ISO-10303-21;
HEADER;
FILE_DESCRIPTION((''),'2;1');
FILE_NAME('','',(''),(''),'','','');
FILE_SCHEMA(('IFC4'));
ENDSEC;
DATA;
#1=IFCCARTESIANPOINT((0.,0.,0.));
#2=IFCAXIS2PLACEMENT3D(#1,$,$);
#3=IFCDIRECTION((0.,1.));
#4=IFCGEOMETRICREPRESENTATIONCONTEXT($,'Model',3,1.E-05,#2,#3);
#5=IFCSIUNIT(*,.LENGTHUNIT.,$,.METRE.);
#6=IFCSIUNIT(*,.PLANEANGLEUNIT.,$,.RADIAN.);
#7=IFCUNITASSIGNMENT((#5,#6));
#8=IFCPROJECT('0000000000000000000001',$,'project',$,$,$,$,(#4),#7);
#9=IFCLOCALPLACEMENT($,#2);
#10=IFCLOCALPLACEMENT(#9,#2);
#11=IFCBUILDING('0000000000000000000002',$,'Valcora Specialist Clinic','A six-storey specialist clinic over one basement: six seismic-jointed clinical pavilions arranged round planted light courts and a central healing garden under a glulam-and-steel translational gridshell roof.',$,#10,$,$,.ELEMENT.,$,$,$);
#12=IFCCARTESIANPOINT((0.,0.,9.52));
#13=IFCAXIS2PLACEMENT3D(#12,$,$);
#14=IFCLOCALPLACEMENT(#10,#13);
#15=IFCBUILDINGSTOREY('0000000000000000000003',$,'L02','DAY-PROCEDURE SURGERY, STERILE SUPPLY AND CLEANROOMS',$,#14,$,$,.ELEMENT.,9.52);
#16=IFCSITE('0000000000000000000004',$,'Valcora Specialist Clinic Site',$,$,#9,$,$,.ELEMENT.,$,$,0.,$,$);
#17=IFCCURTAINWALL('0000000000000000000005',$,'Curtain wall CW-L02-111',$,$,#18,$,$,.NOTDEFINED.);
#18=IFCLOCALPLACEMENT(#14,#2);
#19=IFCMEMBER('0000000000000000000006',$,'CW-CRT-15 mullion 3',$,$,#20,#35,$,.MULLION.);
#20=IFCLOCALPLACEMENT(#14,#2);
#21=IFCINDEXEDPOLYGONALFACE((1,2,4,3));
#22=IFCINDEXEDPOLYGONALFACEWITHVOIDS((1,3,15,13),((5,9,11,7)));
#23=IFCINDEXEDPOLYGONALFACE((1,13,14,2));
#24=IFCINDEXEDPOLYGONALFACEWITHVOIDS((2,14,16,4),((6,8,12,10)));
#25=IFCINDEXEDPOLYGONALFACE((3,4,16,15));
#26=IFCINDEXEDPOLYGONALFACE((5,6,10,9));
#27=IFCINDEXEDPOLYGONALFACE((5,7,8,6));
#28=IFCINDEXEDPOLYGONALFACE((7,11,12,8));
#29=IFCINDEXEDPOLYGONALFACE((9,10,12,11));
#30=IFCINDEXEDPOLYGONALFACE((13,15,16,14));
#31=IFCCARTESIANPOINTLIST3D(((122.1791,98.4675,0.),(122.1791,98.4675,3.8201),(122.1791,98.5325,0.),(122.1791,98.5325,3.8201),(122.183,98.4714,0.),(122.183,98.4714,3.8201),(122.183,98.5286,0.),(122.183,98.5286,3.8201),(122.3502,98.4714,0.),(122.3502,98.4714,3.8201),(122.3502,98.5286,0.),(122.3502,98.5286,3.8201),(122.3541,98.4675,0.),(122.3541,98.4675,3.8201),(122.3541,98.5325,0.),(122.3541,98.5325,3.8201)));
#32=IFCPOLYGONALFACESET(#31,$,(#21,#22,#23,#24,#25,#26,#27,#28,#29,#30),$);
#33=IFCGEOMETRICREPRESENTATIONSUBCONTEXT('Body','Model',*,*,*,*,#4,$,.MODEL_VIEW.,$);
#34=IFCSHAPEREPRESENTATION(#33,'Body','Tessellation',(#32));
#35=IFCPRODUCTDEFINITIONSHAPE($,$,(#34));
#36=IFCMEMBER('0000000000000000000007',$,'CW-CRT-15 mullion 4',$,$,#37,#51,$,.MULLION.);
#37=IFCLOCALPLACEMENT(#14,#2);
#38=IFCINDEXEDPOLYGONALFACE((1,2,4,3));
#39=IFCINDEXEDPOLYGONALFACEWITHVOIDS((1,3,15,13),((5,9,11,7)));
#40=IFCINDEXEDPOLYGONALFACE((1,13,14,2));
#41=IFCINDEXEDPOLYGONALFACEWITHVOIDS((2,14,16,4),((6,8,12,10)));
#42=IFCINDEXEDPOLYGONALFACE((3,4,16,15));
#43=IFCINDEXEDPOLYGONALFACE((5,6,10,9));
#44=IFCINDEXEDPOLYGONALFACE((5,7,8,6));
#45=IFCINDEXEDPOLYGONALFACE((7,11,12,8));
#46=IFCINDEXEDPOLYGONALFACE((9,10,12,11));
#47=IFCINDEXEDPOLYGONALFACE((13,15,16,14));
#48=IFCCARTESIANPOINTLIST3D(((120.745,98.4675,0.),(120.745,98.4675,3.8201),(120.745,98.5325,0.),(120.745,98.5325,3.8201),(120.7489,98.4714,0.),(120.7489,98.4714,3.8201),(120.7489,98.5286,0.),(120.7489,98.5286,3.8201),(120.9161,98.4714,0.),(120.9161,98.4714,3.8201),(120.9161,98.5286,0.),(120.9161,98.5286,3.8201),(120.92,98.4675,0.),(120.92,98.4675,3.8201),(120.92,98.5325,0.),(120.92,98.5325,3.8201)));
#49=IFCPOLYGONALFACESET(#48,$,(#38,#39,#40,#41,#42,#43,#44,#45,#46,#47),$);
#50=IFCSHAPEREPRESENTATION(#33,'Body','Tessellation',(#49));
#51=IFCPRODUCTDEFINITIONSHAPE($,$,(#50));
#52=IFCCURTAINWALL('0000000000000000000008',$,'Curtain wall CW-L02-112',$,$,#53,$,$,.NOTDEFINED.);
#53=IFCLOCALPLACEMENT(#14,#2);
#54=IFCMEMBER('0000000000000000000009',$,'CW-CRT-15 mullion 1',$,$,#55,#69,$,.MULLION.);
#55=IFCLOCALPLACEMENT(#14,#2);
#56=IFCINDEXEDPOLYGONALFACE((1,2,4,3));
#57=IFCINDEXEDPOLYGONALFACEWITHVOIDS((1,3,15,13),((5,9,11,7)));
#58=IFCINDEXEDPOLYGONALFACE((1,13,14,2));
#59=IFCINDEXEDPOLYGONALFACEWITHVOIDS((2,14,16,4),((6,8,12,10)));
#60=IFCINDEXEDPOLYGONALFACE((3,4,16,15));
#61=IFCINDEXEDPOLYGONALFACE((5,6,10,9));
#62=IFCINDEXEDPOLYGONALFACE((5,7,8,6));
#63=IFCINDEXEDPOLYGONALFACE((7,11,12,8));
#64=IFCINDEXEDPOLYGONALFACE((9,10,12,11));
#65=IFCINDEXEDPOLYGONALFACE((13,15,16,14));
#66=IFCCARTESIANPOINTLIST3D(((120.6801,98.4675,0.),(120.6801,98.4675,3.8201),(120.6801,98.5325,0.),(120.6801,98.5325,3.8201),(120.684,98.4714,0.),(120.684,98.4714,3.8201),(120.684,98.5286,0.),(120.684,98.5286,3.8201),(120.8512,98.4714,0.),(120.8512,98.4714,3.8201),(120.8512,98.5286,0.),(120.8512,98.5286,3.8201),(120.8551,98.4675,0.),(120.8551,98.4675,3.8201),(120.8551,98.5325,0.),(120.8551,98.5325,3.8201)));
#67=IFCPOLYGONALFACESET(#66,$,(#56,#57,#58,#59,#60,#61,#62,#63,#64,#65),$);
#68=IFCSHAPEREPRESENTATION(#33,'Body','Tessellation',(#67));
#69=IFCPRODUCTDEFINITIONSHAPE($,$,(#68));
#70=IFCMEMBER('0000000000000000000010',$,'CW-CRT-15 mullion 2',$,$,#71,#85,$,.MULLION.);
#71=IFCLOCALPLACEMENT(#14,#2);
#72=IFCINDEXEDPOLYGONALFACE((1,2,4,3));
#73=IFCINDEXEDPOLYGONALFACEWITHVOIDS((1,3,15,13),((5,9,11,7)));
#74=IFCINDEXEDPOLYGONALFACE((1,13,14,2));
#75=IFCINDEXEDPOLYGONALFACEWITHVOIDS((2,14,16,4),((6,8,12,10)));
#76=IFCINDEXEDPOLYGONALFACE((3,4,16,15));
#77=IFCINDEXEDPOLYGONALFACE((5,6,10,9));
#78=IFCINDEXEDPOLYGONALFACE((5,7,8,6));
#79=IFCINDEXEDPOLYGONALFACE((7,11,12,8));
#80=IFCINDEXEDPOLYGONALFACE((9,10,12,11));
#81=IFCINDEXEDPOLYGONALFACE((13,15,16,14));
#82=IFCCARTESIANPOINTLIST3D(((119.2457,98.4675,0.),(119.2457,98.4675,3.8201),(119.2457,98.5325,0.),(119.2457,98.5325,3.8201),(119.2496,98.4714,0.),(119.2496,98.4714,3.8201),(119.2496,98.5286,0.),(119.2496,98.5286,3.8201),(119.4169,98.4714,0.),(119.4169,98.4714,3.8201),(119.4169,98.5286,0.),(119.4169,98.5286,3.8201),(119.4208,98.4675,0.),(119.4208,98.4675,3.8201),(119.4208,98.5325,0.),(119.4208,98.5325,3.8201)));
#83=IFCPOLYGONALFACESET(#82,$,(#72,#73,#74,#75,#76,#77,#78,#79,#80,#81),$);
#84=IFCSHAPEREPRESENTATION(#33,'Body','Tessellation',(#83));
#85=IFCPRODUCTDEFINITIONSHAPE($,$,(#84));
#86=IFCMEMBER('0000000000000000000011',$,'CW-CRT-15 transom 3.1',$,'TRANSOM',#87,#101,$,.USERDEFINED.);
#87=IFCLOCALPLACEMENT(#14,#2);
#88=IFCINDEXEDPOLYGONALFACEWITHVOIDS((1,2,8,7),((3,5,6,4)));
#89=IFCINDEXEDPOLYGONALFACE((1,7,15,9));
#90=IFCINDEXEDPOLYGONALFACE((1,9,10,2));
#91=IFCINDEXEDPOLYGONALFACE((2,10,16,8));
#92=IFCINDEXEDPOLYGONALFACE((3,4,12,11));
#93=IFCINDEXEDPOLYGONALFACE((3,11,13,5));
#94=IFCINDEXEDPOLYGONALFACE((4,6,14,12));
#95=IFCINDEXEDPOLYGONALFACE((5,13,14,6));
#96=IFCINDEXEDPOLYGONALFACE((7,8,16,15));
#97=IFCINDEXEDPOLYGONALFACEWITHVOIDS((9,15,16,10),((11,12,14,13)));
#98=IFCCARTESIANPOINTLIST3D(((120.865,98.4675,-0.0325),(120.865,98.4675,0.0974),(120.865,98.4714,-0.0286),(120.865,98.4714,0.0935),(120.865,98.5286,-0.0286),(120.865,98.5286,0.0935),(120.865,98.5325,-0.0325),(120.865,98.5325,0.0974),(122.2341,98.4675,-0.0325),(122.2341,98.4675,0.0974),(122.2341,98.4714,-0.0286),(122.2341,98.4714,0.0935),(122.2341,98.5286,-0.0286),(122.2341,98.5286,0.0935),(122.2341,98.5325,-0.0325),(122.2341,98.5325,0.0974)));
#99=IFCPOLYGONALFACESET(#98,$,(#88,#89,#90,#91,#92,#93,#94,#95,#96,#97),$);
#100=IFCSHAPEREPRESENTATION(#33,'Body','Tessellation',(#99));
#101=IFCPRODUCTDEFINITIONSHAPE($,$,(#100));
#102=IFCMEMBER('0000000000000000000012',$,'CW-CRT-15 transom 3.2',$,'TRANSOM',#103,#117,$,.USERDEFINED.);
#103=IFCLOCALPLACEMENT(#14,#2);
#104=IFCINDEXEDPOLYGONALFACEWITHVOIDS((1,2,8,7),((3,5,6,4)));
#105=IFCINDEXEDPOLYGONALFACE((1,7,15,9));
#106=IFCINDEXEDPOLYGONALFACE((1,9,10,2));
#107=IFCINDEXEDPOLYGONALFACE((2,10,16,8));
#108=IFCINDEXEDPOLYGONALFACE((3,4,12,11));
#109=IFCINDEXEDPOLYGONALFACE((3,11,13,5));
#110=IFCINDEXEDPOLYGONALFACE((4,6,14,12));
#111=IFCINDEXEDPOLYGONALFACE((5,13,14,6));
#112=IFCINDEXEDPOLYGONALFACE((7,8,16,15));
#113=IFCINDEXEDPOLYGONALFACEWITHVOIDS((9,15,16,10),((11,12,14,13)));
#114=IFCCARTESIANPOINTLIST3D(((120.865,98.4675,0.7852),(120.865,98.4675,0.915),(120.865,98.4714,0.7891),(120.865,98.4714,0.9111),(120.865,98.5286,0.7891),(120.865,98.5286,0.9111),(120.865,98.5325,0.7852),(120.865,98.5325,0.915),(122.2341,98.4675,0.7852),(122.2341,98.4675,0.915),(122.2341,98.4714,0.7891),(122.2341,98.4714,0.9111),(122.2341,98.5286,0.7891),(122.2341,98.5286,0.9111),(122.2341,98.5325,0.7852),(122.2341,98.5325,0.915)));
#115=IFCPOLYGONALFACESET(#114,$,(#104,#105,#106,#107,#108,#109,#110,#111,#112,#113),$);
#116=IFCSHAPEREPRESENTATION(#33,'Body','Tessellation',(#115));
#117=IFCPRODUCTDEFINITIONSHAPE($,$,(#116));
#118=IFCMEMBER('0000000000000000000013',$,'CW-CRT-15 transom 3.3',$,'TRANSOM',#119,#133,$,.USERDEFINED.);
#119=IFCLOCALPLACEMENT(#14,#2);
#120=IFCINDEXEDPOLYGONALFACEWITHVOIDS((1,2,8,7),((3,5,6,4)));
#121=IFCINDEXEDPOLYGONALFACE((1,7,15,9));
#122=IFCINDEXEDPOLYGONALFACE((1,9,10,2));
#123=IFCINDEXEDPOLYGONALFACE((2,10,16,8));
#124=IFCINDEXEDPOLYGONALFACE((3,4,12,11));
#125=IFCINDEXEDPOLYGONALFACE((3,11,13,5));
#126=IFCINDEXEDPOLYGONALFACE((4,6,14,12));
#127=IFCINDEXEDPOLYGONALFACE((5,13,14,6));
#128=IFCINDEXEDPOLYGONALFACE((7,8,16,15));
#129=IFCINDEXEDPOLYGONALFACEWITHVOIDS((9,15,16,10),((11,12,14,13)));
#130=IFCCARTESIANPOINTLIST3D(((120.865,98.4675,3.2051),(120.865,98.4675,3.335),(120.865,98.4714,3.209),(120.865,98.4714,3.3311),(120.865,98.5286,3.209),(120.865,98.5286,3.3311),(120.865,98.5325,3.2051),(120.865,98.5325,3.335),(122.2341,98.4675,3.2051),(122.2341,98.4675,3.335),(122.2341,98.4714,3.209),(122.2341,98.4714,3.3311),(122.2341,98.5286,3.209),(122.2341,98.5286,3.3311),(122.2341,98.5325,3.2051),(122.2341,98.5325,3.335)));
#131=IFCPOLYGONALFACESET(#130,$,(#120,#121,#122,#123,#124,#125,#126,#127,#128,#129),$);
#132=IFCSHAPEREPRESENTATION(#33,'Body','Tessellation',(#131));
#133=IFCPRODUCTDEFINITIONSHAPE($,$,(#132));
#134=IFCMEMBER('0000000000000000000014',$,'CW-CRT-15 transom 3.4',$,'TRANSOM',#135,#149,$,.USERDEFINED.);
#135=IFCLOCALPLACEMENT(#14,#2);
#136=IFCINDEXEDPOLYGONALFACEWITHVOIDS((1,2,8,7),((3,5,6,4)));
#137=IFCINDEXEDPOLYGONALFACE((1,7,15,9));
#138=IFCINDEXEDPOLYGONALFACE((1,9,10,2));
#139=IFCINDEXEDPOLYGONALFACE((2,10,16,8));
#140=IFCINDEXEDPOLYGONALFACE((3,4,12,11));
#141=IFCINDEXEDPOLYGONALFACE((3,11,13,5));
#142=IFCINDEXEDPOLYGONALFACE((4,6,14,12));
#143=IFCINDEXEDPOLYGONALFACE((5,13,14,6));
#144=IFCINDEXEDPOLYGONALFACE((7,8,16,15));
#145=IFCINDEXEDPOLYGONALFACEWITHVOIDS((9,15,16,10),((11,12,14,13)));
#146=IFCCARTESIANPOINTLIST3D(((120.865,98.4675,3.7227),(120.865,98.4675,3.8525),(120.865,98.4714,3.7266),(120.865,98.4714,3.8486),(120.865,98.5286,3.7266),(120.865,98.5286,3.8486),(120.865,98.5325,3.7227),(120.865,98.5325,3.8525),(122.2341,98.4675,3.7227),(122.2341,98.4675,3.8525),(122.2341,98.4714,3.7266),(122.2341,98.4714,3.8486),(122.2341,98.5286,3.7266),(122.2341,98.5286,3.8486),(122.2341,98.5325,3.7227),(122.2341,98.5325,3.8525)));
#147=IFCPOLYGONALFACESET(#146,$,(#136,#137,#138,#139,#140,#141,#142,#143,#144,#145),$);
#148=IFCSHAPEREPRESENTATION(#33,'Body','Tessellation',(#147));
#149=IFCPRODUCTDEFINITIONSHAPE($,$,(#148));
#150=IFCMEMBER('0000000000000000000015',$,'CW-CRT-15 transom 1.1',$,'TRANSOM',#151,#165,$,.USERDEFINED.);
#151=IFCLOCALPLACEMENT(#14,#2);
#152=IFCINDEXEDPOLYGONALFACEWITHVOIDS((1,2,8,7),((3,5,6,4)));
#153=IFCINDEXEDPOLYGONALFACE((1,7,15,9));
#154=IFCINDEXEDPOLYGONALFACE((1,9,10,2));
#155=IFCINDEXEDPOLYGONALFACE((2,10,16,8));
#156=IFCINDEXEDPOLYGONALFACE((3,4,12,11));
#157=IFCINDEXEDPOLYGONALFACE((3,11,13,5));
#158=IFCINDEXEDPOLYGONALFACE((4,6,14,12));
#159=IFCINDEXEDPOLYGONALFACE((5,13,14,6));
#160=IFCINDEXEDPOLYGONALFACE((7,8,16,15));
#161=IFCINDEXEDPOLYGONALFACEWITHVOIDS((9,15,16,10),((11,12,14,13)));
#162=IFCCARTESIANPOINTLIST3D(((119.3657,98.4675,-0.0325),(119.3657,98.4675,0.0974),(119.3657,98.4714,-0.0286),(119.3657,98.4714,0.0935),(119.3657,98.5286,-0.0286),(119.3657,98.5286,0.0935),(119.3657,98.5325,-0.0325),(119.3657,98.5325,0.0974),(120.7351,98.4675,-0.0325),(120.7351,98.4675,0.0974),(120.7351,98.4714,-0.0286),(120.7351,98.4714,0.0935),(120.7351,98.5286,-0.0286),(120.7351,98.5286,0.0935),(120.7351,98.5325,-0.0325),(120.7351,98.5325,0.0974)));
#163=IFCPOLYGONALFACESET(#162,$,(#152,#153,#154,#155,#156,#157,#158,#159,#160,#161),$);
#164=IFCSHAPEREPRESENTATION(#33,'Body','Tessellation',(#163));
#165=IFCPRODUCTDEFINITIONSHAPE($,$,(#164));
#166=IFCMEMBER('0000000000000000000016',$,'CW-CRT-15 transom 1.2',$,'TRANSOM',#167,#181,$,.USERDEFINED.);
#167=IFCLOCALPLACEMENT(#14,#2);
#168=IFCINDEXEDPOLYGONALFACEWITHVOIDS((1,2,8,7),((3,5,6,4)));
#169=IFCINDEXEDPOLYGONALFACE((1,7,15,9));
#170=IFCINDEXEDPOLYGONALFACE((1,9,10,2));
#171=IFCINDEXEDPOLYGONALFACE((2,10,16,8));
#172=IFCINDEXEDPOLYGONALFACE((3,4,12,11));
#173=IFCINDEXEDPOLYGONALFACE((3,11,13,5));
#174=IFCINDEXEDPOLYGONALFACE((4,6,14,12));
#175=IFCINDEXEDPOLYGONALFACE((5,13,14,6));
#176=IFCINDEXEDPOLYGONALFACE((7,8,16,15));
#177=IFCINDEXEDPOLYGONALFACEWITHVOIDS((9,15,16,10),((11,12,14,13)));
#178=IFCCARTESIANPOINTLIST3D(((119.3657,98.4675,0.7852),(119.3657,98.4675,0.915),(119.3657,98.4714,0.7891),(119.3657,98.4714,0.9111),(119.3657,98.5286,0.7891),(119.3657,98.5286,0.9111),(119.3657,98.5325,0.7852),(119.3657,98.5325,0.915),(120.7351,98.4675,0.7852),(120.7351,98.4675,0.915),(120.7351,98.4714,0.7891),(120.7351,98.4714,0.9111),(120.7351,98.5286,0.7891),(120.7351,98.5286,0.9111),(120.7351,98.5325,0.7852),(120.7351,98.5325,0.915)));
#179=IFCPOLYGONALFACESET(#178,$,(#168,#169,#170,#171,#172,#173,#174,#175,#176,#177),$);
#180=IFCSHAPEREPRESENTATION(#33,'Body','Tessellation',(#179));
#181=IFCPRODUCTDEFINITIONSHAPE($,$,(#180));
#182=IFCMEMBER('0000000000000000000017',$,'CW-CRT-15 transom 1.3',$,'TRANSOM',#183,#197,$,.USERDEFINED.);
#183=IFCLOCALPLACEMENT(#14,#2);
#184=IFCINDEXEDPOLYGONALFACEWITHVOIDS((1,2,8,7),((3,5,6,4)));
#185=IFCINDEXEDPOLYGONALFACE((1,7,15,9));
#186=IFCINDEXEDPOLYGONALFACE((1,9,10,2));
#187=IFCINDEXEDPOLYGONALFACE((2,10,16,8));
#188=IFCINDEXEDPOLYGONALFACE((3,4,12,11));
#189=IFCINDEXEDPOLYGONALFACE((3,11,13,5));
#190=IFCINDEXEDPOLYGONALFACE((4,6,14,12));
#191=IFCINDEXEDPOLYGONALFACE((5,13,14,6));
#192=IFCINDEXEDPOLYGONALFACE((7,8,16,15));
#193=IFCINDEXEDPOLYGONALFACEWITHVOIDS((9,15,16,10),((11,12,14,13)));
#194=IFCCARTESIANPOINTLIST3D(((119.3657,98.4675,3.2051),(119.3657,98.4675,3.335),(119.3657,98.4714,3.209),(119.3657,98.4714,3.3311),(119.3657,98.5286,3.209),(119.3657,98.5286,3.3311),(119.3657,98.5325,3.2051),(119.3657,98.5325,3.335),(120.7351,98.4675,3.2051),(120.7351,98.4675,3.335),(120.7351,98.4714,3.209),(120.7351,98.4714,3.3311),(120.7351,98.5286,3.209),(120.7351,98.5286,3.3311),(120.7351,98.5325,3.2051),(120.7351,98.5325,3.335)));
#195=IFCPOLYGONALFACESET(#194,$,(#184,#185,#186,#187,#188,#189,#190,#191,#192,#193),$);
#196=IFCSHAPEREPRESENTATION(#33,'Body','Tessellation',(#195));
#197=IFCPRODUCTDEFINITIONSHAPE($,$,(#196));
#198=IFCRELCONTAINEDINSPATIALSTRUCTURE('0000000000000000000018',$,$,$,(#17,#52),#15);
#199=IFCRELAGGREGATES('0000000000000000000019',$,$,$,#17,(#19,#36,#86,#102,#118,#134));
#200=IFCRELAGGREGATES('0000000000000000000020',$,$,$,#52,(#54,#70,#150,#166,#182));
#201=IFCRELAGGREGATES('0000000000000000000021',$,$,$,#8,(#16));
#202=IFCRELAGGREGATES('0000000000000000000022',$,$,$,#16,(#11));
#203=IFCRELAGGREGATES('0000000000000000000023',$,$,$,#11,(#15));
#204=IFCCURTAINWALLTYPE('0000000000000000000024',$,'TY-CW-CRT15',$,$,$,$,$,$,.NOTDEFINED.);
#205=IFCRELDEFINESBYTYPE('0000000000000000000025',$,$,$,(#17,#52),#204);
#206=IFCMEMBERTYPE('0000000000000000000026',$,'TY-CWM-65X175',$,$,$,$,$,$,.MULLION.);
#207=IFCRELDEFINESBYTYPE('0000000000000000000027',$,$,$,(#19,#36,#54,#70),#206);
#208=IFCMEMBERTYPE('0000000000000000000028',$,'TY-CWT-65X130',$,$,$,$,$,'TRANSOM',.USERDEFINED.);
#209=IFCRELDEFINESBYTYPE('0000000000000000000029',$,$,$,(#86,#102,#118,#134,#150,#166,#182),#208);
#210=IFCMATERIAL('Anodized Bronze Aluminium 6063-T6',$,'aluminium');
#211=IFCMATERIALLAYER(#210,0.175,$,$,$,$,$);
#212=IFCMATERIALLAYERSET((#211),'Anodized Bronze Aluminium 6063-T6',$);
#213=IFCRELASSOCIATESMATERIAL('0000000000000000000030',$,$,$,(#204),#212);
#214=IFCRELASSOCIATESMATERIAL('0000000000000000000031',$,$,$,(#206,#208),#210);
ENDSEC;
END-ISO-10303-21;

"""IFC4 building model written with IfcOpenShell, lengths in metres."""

from ifc_helpers import new_model, si_unit, direction, frame, origin, origin_2d, place, context, subcontext, project, spatial, hollow_rectangle, extrude, material, layer, layer_set, material_profile, profile_set, type_object, element, aggregate, save


model = new_model("IFC4")

# Units and contexts
model_context = context("Model", 3, precision=1e-05, world=origin(), true_north=direction((0.0, 1.0)))
body_context = subcontext(model_context, "Body", "Model", "MODEL_VIEW")
ifc_project = project(units=[si_unit("LENGTHUNIT", "METRE"), si_unit("PLANEANGLEUNIT", "RADIAN")], contexts=[model_context])

# Site, building, storey
site_placement = place(None, origin())
site = spatial("IfcSite", under=ifc_project, at=site_placement, Name="Valcora Specialist Clinic Site", CompositionType="ELEMENT", RefElevation=0.0)
building_placement = place(site_placement, origin())
building = spatial("IfcBuilding", under=site, at=building_placement, Name="Valcora Specialist Clinic", Description="A six-storey specialist clinic over one basement: six seismic-jointed clinical pavilions arranged round planted light courts and a central healing garden under a glulam-and-steel translational gridshell roof.", CompositionType="ELEMENT")
storey_placement = place(building_placement, frame((0.0, 0.0, 9.52)))
storey = spatial("IfcBuildingStorey", under=building, at=storey_placement, Name="L02", Description="DAY-PROCEDURE SURGERY, STERILE SUPPLY AND CLEANROOMS", CompositionType="ELEMENT", Elevation=9.52)

# Curtain walls, members
ifc_material_1 = material(Name="Anodized Bronze Aluminium 6063-T6", Category="aluminium")
ifc_layer_1 = layer(ifc_material_1, 0.175)
ifc_layer_set_1 = layer_set([ifc_layer_1], Name="Anodized Bronze Aluminium 6063-T6")
curtain_wall_type = type_object("IfcCurtainWallType", Name="TY-CW-CRT15", PredefinedType="NOTDEFINED", material=ifc_layer_set_1)
curtain_wall_1_placement = place(storey_placement, origin())
curtain_wall_1 = element("IfcCurtainWall", 1, at=curtain_wall_1_placement, inside=storey, type_object=curtain_wall_type, Name="Curtain wall CW-L02-111", PredefinedType="NOTDEFINED")
ifc_material_profile_1 = material_profile(ifc_material_1, hollow_rectangle(XDim=0.0649, YDim=0.175, WallThickness=0.0039, at=origin_2d()), Name="AL-MUL-65X175")
ifc_profile_set_1 = profile_set([ifc_material_profile_1], Name="Anodized Bronze Aluminium 6063-T6")
member_type_1 = type_object("IfcMemberType", Name="TY-CWM-65X175", PredefinedType="MULLION", material=ifc_profile_set_1)
member_1_placement = place(storey_placement, frame((122.2666, 98.5, 0.0), z_axis=(0.0, 0.0, 1.0), x_axis=(0.0, -1.0, 0.0)))
member_1 = element("IfcMember", 2, at=member_1_placement, type_object=member_type_1, Name="CW-CRT-15 mullion 3", PredefinedType="MULLION", context=body_context, shape_type="SweptSolid", body=[
    extrude(hollow_rectangle(XDim=0.0649, YDim=0.175, WallThickness=0.0039, at=origin_2d()), origin(), (0.0, 0.0, 1.0), 3.8201),
])
member_2_placement = place(storey_placement, frame((120.8325, 98.5, 0.0), z_axis=(0.0, 0.0, 1.0), x_axis=(0.0, -1.0, 0.0)))
member_2 = element("IfcMember", 3, at=member_2_placement, type_object=member_type_1, Name="CW-CRT-15 mullion 4", PredefinedType="MULLION", context=body_context, shape_type="SweptSolid", body=[
    extrude(hollow_rectangle(XDim=0.0649, YDim=0.175, WallThickness=0.0039, at=origin_2d()), origin(), (0.0, 0.0, 1.0), 3.8201),
])
curtain_wall_2_placement = place(storey_placement, origin())
curtain_wall_2 = element("IfcCurtainWall", 4, at=curtain_wall_2_placement, inside=storey, type_object=curtain_wall_type, Name="Curtain wall CW-L02-112", PredefinedType="NOTDEFINED")
member_3_placement = place(storey_placement, frame((120.7676, 98.5, 0.0), z_axis=(0.0, 0.0, 1.0), x_axis=(0.0, -1.0, 0.0)))
member_3 = element("IfcMember", 5, at=member_3_placement, type_object=member_type_1, Name="CW-CRT-15 mullion 1", PredefinedType="MULLION", context=body_context, shape_type="SweptSolid", body=[
    extrude(hollow_rectangle(XDim=0.0649, YDim=0.175, WallThickness=0.0039, at=origin_2d()), origin(), (0.0, 0.0, 1.0), 3.8201),
])
member_4_placement = place(storey_placement, frame((119.3333, 98.5, 0.0), z_axis=(0.0, 0.0, 1.0), x_axis=(0.0, -1.0, 0.0)))
member_4 = element("IfcMember", 6, at=member_4_placement, type_object=member_type_1, Name="CW-CRT-15 mullion 2", PredefinedType="MULLION", context=body_context, shape_type="SweptSolid", body=[
    extrude(hollow_rectangle(XDim=0.0649, YDim=0.175, WallThickness=0.0039, at=origin_2d()), origin(), (0.0, 0.0, 1.0), 3.8201),
])

# Members
ifc_material_profile_2 = material_profile(ifc_material_1, hollow_rectangle(XDim=0.0649, YDim=0.1299, WallThickness=0.0039, at=origin_2d()), Name="AL-TRN-65X130")
ifc_profile_set_2 = profile_set([ifc_material_profile_2], Name="Anodized Bronze Aluminium 6063-T6")
member_type_2 = type_object("IfcMemberType", Name="TY-CWT-65X130", ElementType="TRANSOM", PredefinedType="USERDEFINED", material=ifc_profile_set_2)
member_5_placement = place(storey_placement, frame((122.2341, 98.5, 0.0325), z_axis=(-1.0, 0.0, 0.0), x_axis=(0.0, -1.0, 0.0)))
member_5 = element("IfcMember", 7, at=member_5_placement, type_object=member_type_2, Name="CW-CRT-15 transom 3.1", ObjectType="TRANSOM", PredefinedType="USERDEFINED", context=body_context, shape_type="SweptSolid", body=[
    extrude(hollow_rectangle(XDim=0.0649, YDim=0.1299, WallThickness=0.0039, at=origin_2d()), origin(), (0.0, 0.0, 1.0), 1.3691),
])
member_6_placement = place(storey_placement, frame((122.2341, 98.5, 0.8501), z_axis=(-1.0, 0.0, 0.0), x_axis=(0.0, -1.0, 0.0)))
member_6 = element("IfcMember", 8, at=member_6_placement, type_object=member_type_2, Name="CW-CRT-15 transom 3.2", ObjectType="TRANSOM", PredefinedType="USERDEFINED", context=body_context, shape_type="SweptSolid", body=[
    extrude(hollow_rectangle(XDim=0.0649, YDim=0.1299, WallThickness=0.0039, at=origin_2d()), origin(), (0.0, 0.0, 1.0), 1.3691),
])
member_7_placement = place(storey_placement, frame((122.2341, 98.5, 3.27), z_axis=(-1.0, 0.0, 0.0), x_axis=(0.0, -1.0, 0.0)))
member_7 = element("IfcMember", 9, at=member_7_placement, type_object=member_type_2, Name="CW-CRT-15 transom 3.3", ObjectType="TRANSOM", PredefinedType="USERDEFINED", context=body_context, shape_type="SweptSolid", body=[
    extrude(hollow_rectangle(XDim=0.0649, YDim=0.1299, WallThickness=0.0039, at=origin_2d()), origin(), (0.0, 0.0, 1.0), 1.3691),
])
member_8_placement = place(storey_placement, frame((122.2341, 98.5, 3.7876), z_axis=(-1.0, 0.0, 0.0), x_axis=(0.0, -1.0, 0.0)))
member_8 = element("IfcMember", 10, at=member_8_placement, type_object=member_type_2, Name="CW-CRT-15 transom 3.4", ObjectType="TRANSOM", PredefinedType="USERDEFINED", context=body_context, shape_type="SweptSolid", body=[
    extrude(hollow_rectangle(XDim=0.0649, YDim=0.1299, WallThickness=0.0039, at=origin_2d()), origin(), (0.0, 0.0, 1.0), 1.3691),
])
member_9_placement = place(storey_placement, frame((120.7351, 98.5, 0.0325), z_axis=(-1.0, 0.0, 0.0), x_axis=(0.0, -1.0, 0.0)))
member_9 = element("IfcMember", 11, at=member_9_placement, type_object=member_type_2, Name="CW-CRT-15 transom 1.1", ObjectType="TRANSOM", PredefinedType="USERDEFINED", context=body_context, shape_type="SweptSolid", body=[
    extrude(hollow_rectangle(XDim=0.0649, YDim=0.1299, WallThickness=0.0039, at=origin_2d()), origin(), (0.0, 0.0, 1.0), 1.3694),
])
member_10_placement = place(storey_placement, frame((120.7351, 98.5, 0.8501), z_axis=(-1.0, 0.0, 0.0), x_axis=(0.0, -1.0, 0.0)))
member_10 = element("IfcMember", 12, at=member_10_placement, type_object=member_type_2, Name="CW-CRT-15 transom 1.2", ObjectType="TRANSOM", PredefinedType="USERDEFINED", context=body_context, shape_type="SweptSolid", body=[
    extrude(hollow_rectangle(XDim=0.0649, YDim=0.1299, WallThickness=0.0039, at=origin_2d()), origin(), (0.0, 0.0, 1.0), 1.3694),
])
member_11_placement = place(storey_placement, frame((120.7351, 98.5, 3.27), z_axis=(-1.0, 0.0, 0.0), x_axis=(0.0, -1.0, 0.0)))
member_11 = element("IfcMember", 13, at=member_11_placement, type_object=member_type_2, Name="CW-CRT-15 transom 1.3", ObjectType="TRANSOM", PredefinedType="USERDEFINED", context=body_context, shape_type="SweptSolid", body=[
    extrude(hollow_rectangle(XDim=0.0649, YDim=0.1299, WallThickness=0.0039, at=origin_2d()), origin(), (0.0, 0.0, 1.0), 1.3694),
])

aggregate(curtain_wall_1, [member_1, member_2, member_5, member_6, member_7, member_8])
aggregate(curtain_wall_2, [member_3, member_4, member_9, member_10, member_11])

save(model, "model.ifc")
